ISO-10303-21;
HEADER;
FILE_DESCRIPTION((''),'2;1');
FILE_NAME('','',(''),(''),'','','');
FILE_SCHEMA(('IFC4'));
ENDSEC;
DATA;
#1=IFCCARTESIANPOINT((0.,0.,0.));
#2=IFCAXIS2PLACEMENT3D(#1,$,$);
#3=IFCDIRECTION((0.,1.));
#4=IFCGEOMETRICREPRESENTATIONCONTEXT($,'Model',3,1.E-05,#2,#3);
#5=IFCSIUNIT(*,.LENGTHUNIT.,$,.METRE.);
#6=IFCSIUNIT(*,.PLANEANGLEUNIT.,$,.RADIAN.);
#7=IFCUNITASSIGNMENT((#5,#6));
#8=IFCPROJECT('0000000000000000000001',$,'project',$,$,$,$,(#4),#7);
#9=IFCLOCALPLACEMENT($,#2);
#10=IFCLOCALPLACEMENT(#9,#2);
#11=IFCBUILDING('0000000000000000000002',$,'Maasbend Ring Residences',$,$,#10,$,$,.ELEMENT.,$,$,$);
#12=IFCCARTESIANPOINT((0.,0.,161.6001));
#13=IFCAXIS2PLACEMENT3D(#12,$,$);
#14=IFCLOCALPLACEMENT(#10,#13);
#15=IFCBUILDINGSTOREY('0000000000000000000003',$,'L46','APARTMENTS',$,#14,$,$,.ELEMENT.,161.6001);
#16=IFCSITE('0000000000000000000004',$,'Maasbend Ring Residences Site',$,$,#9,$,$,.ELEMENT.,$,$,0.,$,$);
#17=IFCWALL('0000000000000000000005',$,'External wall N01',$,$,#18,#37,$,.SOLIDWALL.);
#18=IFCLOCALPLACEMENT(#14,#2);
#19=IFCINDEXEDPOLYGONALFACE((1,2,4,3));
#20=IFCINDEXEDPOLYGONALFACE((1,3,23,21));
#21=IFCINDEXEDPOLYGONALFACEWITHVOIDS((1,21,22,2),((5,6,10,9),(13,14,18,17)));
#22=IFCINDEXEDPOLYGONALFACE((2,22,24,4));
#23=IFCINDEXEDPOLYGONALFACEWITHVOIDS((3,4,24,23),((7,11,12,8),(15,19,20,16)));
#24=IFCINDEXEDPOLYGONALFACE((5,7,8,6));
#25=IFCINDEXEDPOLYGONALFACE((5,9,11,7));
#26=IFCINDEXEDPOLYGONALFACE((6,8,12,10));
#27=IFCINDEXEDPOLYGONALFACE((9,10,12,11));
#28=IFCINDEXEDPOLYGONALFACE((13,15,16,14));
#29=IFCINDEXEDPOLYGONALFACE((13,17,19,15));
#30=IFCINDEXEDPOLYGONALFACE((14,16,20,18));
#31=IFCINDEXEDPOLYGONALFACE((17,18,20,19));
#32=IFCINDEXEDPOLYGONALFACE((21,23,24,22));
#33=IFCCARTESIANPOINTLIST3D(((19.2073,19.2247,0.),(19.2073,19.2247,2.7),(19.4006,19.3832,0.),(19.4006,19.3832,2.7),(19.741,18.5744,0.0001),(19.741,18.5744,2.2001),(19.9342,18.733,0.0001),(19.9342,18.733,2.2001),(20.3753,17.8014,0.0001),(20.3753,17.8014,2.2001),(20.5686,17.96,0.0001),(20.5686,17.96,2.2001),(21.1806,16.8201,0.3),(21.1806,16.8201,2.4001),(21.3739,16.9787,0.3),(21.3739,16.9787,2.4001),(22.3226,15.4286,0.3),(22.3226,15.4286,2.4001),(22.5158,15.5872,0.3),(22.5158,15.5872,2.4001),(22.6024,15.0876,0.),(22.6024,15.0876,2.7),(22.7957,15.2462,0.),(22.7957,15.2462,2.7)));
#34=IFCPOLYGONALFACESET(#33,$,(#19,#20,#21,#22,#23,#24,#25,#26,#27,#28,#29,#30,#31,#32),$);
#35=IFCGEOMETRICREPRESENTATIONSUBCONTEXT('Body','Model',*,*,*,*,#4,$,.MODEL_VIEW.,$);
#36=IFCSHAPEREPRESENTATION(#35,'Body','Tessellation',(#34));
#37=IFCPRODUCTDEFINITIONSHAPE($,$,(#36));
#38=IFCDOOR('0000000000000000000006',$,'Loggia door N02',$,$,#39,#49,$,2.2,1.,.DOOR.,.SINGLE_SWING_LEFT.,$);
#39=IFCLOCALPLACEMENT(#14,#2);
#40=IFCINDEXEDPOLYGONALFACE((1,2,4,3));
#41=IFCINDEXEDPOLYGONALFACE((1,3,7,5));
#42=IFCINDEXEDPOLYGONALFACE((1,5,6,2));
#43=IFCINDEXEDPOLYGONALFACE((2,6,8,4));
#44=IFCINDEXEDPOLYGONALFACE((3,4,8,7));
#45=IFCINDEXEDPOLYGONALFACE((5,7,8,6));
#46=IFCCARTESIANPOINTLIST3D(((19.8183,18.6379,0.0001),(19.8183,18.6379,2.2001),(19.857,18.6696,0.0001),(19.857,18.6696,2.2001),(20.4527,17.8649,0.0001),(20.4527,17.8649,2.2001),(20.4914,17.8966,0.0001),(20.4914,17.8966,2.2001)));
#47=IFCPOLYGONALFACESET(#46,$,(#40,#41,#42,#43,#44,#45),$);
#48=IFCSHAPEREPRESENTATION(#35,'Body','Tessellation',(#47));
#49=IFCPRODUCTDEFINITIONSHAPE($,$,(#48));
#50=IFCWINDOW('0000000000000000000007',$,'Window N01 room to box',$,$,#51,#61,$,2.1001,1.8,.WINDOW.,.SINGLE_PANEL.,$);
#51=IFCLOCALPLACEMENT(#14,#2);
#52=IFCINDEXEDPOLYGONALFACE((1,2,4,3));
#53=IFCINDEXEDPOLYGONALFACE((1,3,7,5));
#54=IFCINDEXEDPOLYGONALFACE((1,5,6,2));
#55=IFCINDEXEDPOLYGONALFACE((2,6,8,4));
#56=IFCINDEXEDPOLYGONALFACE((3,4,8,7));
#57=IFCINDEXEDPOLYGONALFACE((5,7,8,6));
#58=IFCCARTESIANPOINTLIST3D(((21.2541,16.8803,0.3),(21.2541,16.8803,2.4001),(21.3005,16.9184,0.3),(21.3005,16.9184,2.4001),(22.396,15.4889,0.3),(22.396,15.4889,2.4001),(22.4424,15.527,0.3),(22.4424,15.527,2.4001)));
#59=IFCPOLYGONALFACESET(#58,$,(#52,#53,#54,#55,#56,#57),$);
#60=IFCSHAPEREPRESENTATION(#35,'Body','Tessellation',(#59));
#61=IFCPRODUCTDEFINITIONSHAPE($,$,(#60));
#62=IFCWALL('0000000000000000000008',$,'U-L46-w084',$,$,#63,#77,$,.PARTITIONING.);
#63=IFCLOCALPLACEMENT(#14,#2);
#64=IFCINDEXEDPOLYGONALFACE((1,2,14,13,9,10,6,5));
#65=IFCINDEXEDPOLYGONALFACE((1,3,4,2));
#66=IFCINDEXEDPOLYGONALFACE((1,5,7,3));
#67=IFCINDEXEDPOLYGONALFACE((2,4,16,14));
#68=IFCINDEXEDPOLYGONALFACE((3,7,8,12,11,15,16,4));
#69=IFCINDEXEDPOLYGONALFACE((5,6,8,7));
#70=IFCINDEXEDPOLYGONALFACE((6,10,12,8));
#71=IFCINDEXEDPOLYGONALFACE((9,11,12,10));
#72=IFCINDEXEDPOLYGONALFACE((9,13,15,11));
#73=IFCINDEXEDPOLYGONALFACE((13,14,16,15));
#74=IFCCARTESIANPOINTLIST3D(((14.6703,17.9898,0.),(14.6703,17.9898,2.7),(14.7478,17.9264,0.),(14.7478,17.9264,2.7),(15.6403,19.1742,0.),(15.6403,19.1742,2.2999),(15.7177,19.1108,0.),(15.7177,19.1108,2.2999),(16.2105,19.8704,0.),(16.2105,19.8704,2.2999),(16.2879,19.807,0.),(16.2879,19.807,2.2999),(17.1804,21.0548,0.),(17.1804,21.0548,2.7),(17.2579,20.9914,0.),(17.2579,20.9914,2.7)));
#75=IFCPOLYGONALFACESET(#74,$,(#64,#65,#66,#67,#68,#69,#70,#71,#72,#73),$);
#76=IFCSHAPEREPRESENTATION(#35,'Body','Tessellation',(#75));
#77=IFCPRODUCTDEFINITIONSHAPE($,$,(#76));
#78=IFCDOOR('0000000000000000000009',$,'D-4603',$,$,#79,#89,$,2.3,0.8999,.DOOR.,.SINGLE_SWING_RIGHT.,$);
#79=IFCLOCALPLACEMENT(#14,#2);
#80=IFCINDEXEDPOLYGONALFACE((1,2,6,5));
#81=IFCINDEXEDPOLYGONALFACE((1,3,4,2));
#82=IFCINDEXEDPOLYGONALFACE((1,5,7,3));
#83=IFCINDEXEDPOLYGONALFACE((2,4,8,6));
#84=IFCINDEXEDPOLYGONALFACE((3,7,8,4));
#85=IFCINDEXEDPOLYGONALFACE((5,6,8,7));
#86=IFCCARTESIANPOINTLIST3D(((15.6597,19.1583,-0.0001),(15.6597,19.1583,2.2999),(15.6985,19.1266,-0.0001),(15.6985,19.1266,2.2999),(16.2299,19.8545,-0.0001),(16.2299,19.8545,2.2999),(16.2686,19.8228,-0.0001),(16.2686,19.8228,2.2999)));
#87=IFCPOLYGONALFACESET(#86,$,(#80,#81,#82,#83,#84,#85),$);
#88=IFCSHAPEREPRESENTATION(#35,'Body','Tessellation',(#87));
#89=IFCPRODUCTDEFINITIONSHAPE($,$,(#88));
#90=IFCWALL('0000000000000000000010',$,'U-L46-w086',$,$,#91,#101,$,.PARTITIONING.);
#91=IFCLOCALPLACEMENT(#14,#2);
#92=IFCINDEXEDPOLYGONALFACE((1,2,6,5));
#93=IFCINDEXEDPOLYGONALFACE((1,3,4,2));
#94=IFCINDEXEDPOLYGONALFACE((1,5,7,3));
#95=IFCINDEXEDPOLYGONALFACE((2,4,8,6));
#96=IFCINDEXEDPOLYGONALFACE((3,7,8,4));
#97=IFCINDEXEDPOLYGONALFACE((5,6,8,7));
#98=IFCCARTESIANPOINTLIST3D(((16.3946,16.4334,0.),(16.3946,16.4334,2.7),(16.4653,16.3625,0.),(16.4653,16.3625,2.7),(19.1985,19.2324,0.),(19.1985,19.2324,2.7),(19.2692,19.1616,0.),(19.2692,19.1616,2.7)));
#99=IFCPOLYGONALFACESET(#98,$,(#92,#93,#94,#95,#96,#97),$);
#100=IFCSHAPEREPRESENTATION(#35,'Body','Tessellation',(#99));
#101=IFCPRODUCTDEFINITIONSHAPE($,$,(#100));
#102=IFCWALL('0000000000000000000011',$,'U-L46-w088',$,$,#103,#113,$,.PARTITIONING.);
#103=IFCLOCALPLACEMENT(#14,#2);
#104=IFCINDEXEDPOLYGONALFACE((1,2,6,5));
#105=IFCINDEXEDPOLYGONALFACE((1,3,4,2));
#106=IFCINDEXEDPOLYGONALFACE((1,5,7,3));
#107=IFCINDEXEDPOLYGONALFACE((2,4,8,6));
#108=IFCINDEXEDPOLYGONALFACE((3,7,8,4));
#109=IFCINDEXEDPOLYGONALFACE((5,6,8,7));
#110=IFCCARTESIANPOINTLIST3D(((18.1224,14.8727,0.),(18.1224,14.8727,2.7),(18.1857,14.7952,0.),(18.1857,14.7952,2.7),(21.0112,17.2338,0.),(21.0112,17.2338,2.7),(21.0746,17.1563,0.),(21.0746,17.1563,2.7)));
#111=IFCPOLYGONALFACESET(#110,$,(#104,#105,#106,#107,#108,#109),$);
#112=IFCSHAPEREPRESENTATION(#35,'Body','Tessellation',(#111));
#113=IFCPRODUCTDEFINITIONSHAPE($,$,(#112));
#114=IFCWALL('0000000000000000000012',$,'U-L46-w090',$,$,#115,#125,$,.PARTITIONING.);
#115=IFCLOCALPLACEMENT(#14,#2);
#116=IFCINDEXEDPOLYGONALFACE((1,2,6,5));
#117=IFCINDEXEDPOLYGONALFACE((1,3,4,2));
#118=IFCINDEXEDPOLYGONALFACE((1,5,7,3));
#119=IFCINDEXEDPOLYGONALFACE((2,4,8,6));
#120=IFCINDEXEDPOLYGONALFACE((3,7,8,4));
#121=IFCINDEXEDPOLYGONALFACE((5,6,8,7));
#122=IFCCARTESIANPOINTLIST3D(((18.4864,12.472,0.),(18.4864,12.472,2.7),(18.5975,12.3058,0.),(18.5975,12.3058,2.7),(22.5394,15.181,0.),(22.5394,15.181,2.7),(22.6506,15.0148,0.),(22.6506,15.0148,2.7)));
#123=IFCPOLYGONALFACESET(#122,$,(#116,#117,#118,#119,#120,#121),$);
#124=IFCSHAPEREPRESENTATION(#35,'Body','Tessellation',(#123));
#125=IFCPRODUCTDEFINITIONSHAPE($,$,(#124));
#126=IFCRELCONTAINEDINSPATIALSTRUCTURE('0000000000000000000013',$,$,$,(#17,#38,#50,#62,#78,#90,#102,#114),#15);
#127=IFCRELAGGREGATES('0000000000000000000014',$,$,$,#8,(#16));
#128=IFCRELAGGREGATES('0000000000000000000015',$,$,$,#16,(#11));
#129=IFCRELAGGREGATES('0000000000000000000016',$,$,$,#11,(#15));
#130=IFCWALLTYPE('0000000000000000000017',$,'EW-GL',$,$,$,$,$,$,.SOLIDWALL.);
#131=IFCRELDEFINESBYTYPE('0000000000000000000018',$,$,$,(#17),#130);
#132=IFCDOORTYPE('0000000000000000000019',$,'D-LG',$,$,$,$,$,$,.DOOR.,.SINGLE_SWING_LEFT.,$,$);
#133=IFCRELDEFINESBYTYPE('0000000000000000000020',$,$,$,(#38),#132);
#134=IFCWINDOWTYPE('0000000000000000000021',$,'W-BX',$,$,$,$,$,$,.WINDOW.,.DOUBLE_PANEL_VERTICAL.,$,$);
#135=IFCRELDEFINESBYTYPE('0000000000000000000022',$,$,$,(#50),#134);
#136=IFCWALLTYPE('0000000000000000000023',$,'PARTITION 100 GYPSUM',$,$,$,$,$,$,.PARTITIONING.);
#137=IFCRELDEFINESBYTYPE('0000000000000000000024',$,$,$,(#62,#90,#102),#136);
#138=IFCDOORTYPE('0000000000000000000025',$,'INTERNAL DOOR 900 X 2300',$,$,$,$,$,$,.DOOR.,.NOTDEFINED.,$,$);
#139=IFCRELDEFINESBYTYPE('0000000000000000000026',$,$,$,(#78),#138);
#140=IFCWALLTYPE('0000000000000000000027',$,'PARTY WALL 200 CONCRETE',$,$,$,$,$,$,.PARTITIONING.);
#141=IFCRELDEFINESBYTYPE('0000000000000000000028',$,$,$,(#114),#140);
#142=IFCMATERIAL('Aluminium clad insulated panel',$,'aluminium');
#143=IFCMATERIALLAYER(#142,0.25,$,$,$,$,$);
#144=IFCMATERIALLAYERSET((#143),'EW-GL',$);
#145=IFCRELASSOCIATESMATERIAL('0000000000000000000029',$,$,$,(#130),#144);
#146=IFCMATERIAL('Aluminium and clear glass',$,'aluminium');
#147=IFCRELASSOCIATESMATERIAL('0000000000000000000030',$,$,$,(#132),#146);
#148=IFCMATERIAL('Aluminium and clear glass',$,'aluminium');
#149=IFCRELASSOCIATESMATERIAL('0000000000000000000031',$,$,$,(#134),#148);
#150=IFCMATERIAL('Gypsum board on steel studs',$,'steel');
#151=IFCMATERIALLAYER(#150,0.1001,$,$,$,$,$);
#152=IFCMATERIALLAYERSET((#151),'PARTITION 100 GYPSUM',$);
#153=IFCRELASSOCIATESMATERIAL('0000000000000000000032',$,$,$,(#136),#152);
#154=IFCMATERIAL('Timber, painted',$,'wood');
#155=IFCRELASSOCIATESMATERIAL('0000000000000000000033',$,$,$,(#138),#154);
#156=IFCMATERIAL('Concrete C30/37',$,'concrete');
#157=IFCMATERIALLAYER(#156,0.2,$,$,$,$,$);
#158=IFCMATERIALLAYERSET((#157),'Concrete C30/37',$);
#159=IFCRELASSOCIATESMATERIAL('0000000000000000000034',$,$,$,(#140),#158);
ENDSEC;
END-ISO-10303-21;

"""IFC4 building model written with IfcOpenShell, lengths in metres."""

from ifc_helpers import new_model, si_unit, direction, frame, frame_2d, origin, place, context, subcontext, project, spatial, rectangle, extrude, material, layer, layer_set, type_object, element, fill, save


model = new_model("IFC4")

# Units and contexts
model_context = context("Model", 3, precision=1e-05, world=origin(), true_north=direction((0.0, 1.0)))
body_context = subcontext(model_context, "Body", "Model", "MODEL_VIEW")
ifc_project = project(units=[si_unit("LENGTHUNIT", "METRE"), si_unit("PLANEANGLEUNIT", "RADIAN")], contexts=[model_context])

# Site, building, storey
site_placement = place(None, origin())
site = spatial("IfcSite", under=ifc_project, at=site_placement, Name="Maasbend Ring Residences Site", CompositionType="ELEMENT", RefElevation=0.0)
building_placement = place(site_placement, origin())
building = spatial("IfcBuilding", under=site, at=building_placement, Name="Maasbend Ring Residences", CompositionType="ELEMENT")
storey_placement = place(building_placement, frame((0.0, 0.0, 161.6001)))
storey = spatial("IfcBuildingStorey", under=building, at=storey_placement, Name="L46", Description="APARTMENTS", CompositionType="ELEMENT", Elevation=161.6001)

# Wall, openings, door, window
ifc_material_1 = material(Name="Aluminium clad insulated panel", Category="aluminium")
ifc_layer_1 = layer(ifc_material_1, 0.25)
ifc_layer_set_1 = layer_set([ifc_layer_1], Name="EW-GL")
wall_type_1 = type_object("IfcWallType", Name="EW-GL", PredefinedType="SOLIDWALL", material=ifc_layer_set_1)
wall_1_placement = place(storey_placement, frame((22.699, 15.167, 0.0), z_axis=(0.0, 0.0, 1.0), x_axis=(-0.634382, 0.773019, 0.0)))
wall_1 = element("IfcWall", 1, at=wall_1_placement, inside=storey, type_object=wall_type_1, Name="External wall N01", PredefinedType="SOLIDWALL", context=body_context, shape_type="SweptSolid", body=[
    extrude(rectangle(XDim=5.3518, YDim=0.25, at=frame_2d((2.6758, 0.0))), origin(), (0.0, 0.0, 1.0), 2.7),
])
opening_1_placement = place(wall_1_placement, frame((0.4412, 0.0, 0.3)))
opening_1 = element("IfcOpeningElement", 2, at=opening_1_placement, cuts=wall_1, PredefinedType="OPENING", context=body_context, shape_type="SweptSolid", body=[
    extrude(rectangle(XDim=1.8, YDim=2.1001, at=frame_2d((0.8999, 1.05))), frame((0.0, 0.135, 0.0), z_axis=(0.0, -1.0, 0.0), x_axis=(1.0, 0.0, 0.0)), (0.0, 0.0, 1.0), 0.27),
])
opening_2_placement = place(wall_1_placement, frame((3.5105, 0.0, 0.0)))
opening_2 = element("IfcOpeningElement", 3, at=opening_2_placement, cuts=wall_1, PredefinedType="OPENING", context=body_context, shape_type="SweptSolid", body=[
    extrude(rectangle(XDim=1.0, YDim=2.2, at=frame_2d((0.5, 1.1001))), frame((0.0, 0.135, 0.0), z_axis=(0.0, -1.0, 0.0), x_axis=(1.0, 0.0, 0.0)), (0.0, 0.0, 1.0), 0.27),
])
ifc_material_2 = material(Name="Aluminium and clear glass", Category="aluminium")
door_type_1 = type_object("IfcDoorType", Name="D-LG", OperationType="SINGLE_SWING_LEFT", PredefinedType="DOOR", material=ifc_material_2)
door_1_placement = place(opening_2_placement, origin())
door_1 = element("IfcDoor", 4, at=door_1_placement, inside=storey, type_object=door_type_1, Name="Loggia door N02", OperationType="SINGLE_SWING_LEFT", OverallHeight=2.2, OverallWidth=1.0, PredefinedType="DOOR", context=body_context, shape_type="SweptSolid", body=[
    extrude(rectangle(XDim=1.0, YDim=2.2, at=frame_2d((0.5, 1.1001))), frame((0.0, 0.0249, 0.0), z_axis=(0.0, -1.0, 0.0), x_axis=(1.0, 0.0, 0.0)), (0.0, 0.0, 1.0), 0.05),
])
fill(opening_2, door_1)
ifc_material_3 = material(Name="Aluminium and clear glass", Category="aluminium")
window_type_1 = type_object("IfcWindowType", Name="W-BX", PartitioningType="DOUBLE_PANEL_VERTICAL", PredefinedType="WINDOW", material=ifc_material_3)
window_1_placement = place(opening_1_placement, origin())
window_1 = element("IfcWindow", 5, at=window_1_placement, inside=storey, type_object=window_type_1, Name="Window N01 room to box", OverallHeight=2.1001, OverallWidth=1.8, PartitioningType="SINGLE_PANEL", PredefinedType="WINDOW", context=body_context, shape_type="SweptSolid", body=[
    extrude(rectangle(XDim=1.8, YDim=2.1001, at=frame_2d((0.8999, 1.05))), frame((0.0, 0.03, 0.0), z_axis=(0.0, -1.0, 0.0), x_axis=(1.0, 0.0, 0.0)), (0.0, 0.0, 1.0), 0.0601),
])
fill(opening_1, window_1)

# Wall, opening, door
ifc_material_4 = material(Name="Gypsum board on steel studs", Category="steel")
ifc_layer_2 = layer(ifc_material_4, 0.1001)
ifc_layer_set_2 = layer_set([ifc_layer_2], Name="PARTITION 100 GYPSUM")
wall_type_2 = type_object("IfcWallType", Name="PARTITION 100 GYPSUM", PredefinedType="PARTITIONING", material=ifc_layer_set_2)
wall_2_placement = place(storey_placement, frame((14.709, 17.958, 0.0), z_axis=(0.0, 0.0, 1.0), x_axis=(0.63359, 0.773669, 0.0)))
wall_2 = element("IfcWall", 6, at=wall_2_placement, inside=storey, type_object=wall_type_2, Name="U-L46-w084", PredefinedType="PARTITIONING", context=body_context, shape_type="SweptSolid", body=[
    extrude(rectangle(XDim=3.9617, YDim=0.1001, at=frame_2d((1.981, 0.0))), origin(), (0.0, 0.0, 1.0), 2.7),
])
opening_3_placement = place(wall_2_placement, frame((1.531, 0.0, 0.0)))
opening_3 = element("IfcOpeningElement", 7, at=opening_3_placement, cuts=wall_2, PredefinedType="OPENING", context=body_context, shape_type="SweptSolid", body=[
    extrude(rectangle(XDim=0.8999, YDim=2.3, at=frame_2d((0.45, 1.1499))), frame((0.0, 0.0601, 0.0), z_axis=(0.0, -1.0, 0.0), x_axis=(1.0, 0.0, 0.0)), (0.0, 0.0, 1.0), 0.1201),
])
ifc_material_5 = material(Name="Timber, painted", Category="wood")
door_type_2 = type_object("IfcDoorType", Name="INTERNAL DOOR 900 X 2300", OperationType="NOTDEFINED", PredefinedType="DOOR", material=ifc_material_5)
door_2_placement = place(opening_3_placement, origin())
door_2 = element("IfcDoor", 8, at=door_2_placement, inside=storey, type_object=door_type_2, Name="D-4603", OperationType="SINGLE_SWING_RIGHT", OverallHeight=2.3, OverallWidth=0.8999, PredefinedType="DOOR", context=body_context, shape_type="SweptSolid", body=[
    extrude(rectangle(XDim=0.8999, YDim=2.3, at=frame_2d((0.45, 1.1499))), frame((0.0, 0.0249, 0.0), z_axis=(0.0, -1.0, 0.0), x_axis=(1.0, 0.0, 0.0)), (0.0, 0.0, 1.0), 0.05),
])
fill(opening_3, door_2)

# Walls
wall_3_placement = place(storey_placement, frame((16.4299, 16.3979, 0.0), z_axis=(0.0, 0.0, 1.0), x_axis=(0.707723, 0.70649, 0.0)))
element("IfcWall", 9, at=wall_3_placement, inside=storey, type_object=wall_type_2, Name="U-L46-w086", PredefinedType="PARTITIONING", context=body_context, shape_type="SweptSolid", body=[
    extrude(rectangle(XDim=3.9619, YDim=0.1001, at=frame_2d((1.981, 0.0))), origin(), (0.0, 0.0, 1.0), 2.7),
])
wall_4_placement = place(storey_placement, frame((18.1541, 14.834, 0.0), z_axis=(0.0, 0.0, 1.0), x_axis=(0.774295, 0.632824, 0.0)))
element("IfcWall", 10, at=wall_4_placement, inside=storey, type_object=wall_type_2, Name="U-L46-w088", PredefinedType="PARTITIONING", context=body_context, shape_type="SweptSolid", body=[
    extrude(rectangle(XDim=3.731, YDim=0.1001, at=frame_2d((1.8655, 0.0))), origin(), (0.0, 0.0, 1.0), 2.7),
])
ifc_material_6 = material(Name="Concrete C30/37", Category="concrete")
ifc_layer_3 = layer(ifc_material_6, 0.2)
ifc_layer_set_3 = layer_set([ifc_layer_3], Name="Concrete C30/37")
wall_type_3 = type_object("IfcWallType", Name="PARTY WALL 200 CONCRETE", PredefinedType="PARTITIONING", material=ifc_layer_set_3)
wall_5_placement = place(storey_placement, frame((18.542, 12.3889, 0.0), z_axis=(0.0, 0.0, 1.0), x_axis=(0.831387, 0.555694, 0.0)))
element("IfcWall", 11, at=wall_5_placement, inside=storey, type_object=wall_type_3, Name="U-L46-w090", PredefinedType="PARTITIONING", context=body_context, shape_type="SweptSolid", body=[
    extrude(rectangle(XDim=4.875, YDim=0.2, at=frame_2d((2.4375, 0.0))), origin(), (0.0, 0.0, 1.0), 2.7),
])

save(model, "model.ifc")
